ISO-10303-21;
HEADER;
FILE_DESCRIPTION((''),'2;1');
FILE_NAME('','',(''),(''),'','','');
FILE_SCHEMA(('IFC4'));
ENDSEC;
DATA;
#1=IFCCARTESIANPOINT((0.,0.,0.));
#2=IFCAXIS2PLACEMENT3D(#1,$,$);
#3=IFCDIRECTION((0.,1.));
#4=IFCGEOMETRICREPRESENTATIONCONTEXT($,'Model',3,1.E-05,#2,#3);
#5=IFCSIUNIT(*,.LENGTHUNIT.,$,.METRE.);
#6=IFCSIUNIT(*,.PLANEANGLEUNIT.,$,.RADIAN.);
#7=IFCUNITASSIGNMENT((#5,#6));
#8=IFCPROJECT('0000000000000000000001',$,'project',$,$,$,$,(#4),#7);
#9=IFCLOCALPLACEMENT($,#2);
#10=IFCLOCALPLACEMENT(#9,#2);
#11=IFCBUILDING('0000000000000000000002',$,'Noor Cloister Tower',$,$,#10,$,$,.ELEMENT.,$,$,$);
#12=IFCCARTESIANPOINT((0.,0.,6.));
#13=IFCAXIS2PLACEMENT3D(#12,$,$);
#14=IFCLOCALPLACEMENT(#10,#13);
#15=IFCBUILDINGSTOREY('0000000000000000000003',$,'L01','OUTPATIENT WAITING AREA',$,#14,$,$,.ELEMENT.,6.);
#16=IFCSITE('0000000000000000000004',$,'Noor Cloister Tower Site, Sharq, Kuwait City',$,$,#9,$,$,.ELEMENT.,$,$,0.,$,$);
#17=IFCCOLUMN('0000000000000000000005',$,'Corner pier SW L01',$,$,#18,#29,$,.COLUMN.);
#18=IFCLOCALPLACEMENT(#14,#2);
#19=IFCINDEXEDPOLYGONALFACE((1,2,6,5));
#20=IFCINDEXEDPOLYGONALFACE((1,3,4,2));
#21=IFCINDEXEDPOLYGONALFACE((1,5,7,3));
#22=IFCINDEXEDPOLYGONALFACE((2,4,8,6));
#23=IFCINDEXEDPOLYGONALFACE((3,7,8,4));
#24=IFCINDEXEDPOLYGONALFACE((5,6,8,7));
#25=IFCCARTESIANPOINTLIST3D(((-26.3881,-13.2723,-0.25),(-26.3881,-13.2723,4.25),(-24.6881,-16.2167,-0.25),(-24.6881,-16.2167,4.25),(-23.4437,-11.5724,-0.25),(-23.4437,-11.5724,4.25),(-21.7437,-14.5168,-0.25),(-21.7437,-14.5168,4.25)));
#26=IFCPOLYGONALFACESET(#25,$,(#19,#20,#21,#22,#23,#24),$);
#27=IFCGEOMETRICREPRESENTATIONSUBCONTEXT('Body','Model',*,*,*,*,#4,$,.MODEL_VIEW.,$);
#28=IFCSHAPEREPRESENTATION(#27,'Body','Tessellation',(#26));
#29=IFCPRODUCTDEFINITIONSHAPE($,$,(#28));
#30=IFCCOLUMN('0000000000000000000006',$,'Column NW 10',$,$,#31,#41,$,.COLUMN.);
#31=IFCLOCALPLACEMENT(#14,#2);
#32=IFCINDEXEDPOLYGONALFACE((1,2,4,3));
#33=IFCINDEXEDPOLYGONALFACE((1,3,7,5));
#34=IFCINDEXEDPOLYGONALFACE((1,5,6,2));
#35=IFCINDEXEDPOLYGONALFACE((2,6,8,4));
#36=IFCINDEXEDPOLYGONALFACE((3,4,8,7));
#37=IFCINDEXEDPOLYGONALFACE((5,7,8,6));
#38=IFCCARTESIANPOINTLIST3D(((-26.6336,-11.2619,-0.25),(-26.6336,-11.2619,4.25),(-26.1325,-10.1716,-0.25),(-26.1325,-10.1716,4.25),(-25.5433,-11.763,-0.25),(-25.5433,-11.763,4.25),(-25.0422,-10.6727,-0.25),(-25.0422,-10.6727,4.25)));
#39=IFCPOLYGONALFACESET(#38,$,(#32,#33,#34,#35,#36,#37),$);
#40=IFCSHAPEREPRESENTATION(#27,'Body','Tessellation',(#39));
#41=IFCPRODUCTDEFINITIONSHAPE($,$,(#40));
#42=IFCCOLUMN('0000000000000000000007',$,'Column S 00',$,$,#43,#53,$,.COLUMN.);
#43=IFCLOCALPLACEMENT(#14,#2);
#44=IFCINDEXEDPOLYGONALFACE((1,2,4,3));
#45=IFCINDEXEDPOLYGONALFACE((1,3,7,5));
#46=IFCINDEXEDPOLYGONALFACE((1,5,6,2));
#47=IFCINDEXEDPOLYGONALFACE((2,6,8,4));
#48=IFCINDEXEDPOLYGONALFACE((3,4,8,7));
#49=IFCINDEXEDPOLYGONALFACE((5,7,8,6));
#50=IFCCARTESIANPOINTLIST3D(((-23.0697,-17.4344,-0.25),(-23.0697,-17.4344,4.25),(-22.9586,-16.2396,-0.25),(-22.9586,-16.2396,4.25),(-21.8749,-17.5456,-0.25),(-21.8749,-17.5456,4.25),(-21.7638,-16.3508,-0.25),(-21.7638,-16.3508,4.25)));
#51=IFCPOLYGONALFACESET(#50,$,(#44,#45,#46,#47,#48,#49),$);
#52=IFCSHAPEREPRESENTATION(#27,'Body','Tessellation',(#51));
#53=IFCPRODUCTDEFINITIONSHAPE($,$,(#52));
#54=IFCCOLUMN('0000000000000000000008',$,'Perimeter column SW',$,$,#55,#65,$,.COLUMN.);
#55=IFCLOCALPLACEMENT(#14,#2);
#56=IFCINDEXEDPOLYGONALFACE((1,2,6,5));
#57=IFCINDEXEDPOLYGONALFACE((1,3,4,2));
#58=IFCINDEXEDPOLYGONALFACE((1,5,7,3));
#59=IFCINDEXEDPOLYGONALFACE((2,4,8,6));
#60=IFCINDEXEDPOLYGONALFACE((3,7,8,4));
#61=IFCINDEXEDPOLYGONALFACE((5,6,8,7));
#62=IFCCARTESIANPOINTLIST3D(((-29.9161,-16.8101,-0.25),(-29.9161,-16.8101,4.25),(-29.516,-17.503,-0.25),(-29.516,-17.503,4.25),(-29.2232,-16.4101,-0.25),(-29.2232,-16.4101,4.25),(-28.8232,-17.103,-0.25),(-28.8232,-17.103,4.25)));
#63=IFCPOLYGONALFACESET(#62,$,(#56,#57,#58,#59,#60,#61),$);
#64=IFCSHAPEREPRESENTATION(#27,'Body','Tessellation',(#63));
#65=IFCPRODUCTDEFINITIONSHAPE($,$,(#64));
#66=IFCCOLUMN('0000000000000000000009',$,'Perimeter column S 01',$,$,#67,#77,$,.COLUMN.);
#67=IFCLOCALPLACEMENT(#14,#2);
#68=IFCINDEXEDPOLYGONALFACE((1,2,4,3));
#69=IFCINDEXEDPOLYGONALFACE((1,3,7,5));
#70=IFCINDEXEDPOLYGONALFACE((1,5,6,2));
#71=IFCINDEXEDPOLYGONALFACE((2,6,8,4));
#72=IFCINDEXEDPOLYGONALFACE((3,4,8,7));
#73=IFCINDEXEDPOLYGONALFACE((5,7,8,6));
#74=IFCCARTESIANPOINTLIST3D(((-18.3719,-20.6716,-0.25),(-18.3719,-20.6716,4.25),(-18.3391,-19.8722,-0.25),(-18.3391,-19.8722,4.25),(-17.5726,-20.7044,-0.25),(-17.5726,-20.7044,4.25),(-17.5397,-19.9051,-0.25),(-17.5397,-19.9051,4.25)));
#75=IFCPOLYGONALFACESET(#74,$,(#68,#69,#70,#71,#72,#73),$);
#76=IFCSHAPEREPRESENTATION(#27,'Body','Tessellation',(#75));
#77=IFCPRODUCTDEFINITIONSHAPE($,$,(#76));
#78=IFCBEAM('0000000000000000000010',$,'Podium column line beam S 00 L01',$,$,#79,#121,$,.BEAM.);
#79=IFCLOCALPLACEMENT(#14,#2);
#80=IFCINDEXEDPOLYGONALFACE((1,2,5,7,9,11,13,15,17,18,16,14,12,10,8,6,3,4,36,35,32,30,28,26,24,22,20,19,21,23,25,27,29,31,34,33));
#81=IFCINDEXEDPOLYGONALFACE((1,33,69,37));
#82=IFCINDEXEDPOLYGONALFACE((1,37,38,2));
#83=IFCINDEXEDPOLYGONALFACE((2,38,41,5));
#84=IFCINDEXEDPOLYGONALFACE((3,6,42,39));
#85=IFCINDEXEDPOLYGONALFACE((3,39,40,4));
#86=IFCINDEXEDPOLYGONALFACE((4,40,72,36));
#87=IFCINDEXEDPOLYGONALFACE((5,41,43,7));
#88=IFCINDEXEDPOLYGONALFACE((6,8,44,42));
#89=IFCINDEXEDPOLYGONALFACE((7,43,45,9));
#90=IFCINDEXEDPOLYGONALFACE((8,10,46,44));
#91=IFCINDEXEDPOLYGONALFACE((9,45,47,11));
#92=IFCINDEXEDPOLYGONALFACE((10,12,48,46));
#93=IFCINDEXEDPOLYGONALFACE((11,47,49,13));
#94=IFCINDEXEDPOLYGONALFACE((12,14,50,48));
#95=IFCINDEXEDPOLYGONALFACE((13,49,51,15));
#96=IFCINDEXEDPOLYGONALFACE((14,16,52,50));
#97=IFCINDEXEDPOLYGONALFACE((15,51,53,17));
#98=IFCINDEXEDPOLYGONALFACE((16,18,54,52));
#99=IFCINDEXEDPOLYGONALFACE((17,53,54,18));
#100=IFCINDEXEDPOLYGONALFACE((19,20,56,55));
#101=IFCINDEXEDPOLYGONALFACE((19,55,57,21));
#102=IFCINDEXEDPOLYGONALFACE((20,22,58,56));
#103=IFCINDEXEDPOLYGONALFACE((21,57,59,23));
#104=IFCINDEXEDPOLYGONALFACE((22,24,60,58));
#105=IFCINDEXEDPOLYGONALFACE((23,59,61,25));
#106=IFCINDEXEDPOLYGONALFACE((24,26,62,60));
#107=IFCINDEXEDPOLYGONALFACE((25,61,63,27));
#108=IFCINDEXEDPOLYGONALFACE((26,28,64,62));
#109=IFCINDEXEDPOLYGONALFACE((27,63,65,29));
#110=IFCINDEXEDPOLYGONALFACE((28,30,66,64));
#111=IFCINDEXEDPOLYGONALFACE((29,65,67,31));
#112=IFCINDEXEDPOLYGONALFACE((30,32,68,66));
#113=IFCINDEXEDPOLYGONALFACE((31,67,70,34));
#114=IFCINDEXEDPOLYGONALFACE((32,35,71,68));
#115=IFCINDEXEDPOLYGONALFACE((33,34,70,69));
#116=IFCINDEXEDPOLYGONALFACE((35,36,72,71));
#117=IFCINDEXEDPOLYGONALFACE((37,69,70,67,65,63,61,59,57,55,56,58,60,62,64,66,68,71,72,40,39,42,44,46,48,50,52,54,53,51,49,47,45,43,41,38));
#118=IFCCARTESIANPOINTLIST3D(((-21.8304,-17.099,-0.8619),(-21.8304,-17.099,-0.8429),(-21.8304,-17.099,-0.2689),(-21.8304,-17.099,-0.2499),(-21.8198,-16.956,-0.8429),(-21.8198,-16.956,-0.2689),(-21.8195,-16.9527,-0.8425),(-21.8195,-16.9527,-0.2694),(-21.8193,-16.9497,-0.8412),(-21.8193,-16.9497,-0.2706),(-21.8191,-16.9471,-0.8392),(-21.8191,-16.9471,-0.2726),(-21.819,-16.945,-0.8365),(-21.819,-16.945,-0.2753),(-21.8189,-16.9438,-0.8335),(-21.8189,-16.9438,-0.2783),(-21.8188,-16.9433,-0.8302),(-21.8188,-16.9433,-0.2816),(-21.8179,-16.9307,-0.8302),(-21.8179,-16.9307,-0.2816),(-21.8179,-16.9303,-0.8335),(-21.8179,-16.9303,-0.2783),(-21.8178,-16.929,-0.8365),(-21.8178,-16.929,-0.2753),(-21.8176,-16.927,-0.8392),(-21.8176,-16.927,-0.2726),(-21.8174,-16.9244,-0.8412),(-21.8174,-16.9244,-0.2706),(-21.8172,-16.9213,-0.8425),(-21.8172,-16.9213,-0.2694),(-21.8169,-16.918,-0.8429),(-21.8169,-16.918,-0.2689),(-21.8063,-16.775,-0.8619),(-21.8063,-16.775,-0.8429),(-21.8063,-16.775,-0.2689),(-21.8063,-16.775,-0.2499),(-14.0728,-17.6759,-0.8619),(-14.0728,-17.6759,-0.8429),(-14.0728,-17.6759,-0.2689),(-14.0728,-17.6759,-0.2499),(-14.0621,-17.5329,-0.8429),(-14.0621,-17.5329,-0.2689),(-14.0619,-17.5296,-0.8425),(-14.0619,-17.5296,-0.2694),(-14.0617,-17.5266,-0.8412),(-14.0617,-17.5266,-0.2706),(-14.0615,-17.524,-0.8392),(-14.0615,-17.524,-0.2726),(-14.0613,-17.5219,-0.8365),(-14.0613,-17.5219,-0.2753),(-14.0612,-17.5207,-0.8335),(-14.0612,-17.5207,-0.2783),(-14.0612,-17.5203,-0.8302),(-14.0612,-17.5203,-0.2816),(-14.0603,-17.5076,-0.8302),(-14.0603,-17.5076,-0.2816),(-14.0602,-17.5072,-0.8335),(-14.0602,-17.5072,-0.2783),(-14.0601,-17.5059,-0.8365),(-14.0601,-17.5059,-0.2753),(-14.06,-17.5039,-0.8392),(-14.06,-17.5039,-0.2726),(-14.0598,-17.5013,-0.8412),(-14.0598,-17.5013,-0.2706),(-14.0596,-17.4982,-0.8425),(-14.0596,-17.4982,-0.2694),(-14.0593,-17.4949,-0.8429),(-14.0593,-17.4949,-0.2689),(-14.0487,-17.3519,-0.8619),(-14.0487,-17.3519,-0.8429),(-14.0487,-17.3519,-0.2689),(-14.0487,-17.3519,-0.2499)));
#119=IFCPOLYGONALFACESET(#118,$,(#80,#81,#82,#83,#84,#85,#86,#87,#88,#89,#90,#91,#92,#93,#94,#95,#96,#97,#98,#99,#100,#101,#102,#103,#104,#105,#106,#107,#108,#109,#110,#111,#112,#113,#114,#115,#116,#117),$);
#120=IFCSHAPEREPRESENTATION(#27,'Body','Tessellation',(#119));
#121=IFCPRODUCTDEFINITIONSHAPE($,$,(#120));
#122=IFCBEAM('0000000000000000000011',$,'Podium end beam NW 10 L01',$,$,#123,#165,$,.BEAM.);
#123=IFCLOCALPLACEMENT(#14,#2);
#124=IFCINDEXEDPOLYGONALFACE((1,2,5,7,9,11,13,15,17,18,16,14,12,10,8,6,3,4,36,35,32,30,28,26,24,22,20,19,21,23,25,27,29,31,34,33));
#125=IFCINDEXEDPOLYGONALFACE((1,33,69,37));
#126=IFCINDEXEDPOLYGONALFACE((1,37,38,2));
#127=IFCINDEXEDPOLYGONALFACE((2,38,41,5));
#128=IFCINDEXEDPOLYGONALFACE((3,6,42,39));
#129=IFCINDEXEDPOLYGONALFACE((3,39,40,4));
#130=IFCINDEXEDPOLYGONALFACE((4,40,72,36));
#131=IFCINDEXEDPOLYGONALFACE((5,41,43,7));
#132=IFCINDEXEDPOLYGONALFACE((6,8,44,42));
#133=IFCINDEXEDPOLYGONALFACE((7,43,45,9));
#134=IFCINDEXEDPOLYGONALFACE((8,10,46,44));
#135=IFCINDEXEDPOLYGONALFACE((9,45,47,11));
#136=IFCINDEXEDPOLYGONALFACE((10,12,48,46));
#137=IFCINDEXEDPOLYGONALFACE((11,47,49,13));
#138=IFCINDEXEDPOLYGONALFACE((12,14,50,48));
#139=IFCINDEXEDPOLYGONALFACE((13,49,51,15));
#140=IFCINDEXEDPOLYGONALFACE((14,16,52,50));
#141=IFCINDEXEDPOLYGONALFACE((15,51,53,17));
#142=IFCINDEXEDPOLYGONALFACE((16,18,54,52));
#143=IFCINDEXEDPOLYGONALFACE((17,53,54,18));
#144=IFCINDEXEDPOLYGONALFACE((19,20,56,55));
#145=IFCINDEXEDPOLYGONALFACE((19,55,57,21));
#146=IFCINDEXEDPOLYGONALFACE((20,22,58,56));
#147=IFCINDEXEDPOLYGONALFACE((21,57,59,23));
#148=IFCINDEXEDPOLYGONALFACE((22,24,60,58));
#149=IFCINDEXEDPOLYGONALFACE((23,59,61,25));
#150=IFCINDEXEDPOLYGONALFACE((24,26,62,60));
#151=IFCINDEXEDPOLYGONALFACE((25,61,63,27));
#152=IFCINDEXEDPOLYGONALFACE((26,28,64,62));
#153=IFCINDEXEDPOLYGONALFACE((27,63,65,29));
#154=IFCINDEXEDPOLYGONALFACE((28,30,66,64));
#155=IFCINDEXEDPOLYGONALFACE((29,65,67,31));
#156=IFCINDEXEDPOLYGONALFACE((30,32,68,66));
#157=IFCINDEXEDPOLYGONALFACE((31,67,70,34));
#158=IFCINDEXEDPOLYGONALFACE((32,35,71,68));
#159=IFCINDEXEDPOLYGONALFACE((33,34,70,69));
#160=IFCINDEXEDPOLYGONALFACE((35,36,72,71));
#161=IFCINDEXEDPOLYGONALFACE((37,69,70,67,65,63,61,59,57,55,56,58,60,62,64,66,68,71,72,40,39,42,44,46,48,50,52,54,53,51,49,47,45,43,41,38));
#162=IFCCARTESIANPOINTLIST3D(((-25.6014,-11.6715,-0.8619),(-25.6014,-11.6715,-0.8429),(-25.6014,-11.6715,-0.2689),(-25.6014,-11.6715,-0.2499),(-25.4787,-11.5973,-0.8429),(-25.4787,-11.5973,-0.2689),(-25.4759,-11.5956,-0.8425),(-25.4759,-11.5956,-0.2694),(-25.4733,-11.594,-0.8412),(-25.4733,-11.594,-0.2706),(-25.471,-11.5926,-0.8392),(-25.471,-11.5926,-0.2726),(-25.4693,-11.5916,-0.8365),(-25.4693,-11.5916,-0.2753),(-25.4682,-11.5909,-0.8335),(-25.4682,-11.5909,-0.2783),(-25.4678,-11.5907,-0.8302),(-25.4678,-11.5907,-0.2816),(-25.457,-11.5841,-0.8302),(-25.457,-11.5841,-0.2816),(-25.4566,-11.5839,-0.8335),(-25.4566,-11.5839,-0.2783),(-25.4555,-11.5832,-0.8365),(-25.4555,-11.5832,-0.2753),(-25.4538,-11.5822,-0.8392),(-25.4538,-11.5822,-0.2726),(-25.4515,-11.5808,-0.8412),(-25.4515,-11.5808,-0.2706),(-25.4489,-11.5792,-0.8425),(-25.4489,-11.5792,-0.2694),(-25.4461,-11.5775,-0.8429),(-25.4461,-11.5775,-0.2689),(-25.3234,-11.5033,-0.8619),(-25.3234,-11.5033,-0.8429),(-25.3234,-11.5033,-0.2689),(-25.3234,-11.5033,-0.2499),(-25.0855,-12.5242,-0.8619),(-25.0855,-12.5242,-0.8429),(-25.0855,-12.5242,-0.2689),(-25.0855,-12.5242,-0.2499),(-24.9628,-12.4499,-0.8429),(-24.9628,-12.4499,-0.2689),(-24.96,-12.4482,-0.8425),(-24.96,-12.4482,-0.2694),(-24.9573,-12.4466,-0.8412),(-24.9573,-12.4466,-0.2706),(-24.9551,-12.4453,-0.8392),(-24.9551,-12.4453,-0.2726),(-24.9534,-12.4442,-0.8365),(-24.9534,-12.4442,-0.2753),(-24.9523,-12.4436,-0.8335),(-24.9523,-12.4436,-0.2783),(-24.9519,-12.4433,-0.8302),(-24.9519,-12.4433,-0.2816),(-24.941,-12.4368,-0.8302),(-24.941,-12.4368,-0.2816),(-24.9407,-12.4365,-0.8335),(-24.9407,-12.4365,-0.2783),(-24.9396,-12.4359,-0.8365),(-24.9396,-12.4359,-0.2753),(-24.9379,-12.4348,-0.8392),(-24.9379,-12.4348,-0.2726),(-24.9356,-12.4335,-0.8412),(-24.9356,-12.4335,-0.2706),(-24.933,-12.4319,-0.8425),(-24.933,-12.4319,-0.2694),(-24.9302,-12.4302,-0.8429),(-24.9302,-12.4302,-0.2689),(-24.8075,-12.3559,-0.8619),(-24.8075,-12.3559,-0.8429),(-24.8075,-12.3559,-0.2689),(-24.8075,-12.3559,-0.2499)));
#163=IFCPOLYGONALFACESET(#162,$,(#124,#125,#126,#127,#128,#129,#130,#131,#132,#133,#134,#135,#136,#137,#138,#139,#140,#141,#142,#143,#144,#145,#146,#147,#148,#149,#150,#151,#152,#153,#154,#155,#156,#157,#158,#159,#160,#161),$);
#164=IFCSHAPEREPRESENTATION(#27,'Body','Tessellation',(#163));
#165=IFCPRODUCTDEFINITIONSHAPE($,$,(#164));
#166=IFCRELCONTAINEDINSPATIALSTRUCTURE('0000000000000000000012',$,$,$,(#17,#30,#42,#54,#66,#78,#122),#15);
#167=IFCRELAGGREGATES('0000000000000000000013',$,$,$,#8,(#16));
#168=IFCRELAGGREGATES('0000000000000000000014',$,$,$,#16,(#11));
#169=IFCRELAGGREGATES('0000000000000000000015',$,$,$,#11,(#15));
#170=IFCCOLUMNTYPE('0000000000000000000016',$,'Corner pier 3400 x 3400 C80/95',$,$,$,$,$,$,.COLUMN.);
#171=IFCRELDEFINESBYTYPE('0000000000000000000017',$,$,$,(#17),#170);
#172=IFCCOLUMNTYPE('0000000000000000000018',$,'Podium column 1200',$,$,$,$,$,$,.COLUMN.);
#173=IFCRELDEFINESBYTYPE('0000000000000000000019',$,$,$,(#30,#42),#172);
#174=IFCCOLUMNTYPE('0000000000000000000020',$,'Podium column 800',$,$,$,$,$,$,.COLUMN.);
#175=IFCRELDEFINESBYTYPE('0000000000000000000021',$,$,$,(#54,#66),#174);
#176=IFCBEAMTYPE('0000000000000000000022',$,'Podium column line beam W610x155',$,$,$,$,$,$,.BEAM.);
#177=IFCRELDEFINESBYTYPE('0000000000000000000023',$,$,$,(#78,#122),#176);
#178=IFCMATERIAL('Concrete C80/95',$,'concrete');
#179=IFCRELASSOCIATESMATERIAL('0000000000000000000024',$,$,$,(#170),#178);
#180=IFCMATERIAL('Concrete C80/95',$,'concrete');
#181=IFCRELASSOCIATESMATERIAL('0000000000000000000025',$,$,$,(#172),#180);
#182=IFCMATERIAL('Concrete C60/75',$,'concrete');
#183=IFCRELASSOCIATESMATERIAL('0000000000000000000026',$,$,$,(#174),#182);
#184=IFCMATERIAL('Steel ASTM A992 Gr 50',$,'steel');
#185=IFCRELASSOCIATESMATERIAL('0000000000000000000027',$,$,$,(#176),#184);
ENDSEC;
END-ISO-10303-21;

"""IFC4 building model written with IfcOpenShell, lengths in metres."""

from ifc_helpers import new_model, si_unit, direction, frame, origin, origin_2d, place, context, subcontext, project, spatial, rectangle, i_section, extrude, material, material_profile, profile_set, type_object, element, save


model = new_model("IFC4")

# Units and contexts
model_context = context("Model", 3, precision=1e-05, world=origin(), true_north=direction((0.0, 1.0)))
body_context = subcontext(model_context, "Body", "Model", "MODEL_VIEW")
ifc_project = project(units=[si_unit("LENGTHUNIT", "METRE"), si_unit("PLANEANGLEUNIT", "RADIAN")], contexts=[model_context])

# Site, building, storey
site_placement = place(None, origin())
site = spatial("IfcSite", under=ifc_project, at=site_placement, Name="Noor Cloister Tower Site, Sharq, Kuwait City", CompositionType="ELEMENT", RefElevation=0.0)
building_placement = place(site_placement, origin())
building = spatial("IfcBuilding", under=site, at=building_placement, Name="Noor Cloister Tower", CompositionType="ELEMENT")
storey_placement = place(building_placement, frame((0.0, 0.0, 6.0)))
storey = spatial("IfcBuildingStorey", under=building, at=storey_placement, Name="L01", Description="OUTPATIENT WAITING AREA", CompositionType="ELEMENT", Elevation=6.0)

# Columns
ifc_material_1 = material(Name="Concrete C80/95", Category="concrete")
ifc_material_profile_1 = material_profile(ifc_material_1, rectangle(XDim=3.3999, YDim=3.3999, at=origin_2d()), Name="RC 3400x3400")
ifc_profile_set_1 = profile_set([ifc_material_profile_1], Name="Concrete C80/95")
column_type_1 = type_object("IfcColumnType", Name="Corner pier 3400 x 3400 C80/95", PredefinedType="COLUMN", material=ifc_profile_set_1)
column_placement = place(storey_placement, frame((-24.0659, -13.8945, -0.25), z_axis=(0.0, 0.0, 1.0), x_axis=(-0.866025, -0.5, 0.0)))
element("IfcColumn", 1, at=column_placement, inside=storey, type_object=column_type_1, Name="Corner pier SW L01", PredefinedType="COLUMN", context=body_context, shape_type="SweptSolid", body=[
    extrude(rectangle(XDim=3.3999, YDim=3.3999, at=origin_2d()), origin(), (0.0, 0.0, 1.0), 4.5),
])
ifc_material_2 = material(Name="Concrete C80/95", Category="concrete")
ifc_material_profile_2 = material_profile(ifc_material_2, rectangle(XDim=1.2, YDim=1.2, at=origin_2d()), Name="Podium column 1200")
ifc_profile_set_2 = profile_set([ifc_material_profile_2], Name="Concrete C80/95")
column_type_2 = type_object("IfcColumnType", Name="Podium column 1200", PredefinedType="COLUMN", material=ifc_profile_set_2)
for number, where, z_axis, x_axis, name in (
    (2, (-25.8379, -10.9673, -0.25), (0.0, 0.0, 1.0), (-0.90862, 0.417624, 0.0), "Column NW 10"),
    (3, (-22.4167, -16.8926, -0.25), (0.0, 0.0, 1.0), (-0.092636, -0.9957, 0.0), "Column S 00"),
):
    element("IfcColumn", number, at=place(storey_placement, frame(where, z_axis=z_axis, x_axis=x_axis)), inside=storey, type_object=column_type_2, Name=name, PredefinedType="COLUMN", context=body_context, shape_type="SweptSolid", body=[
        extrude(rectangle(XDim=1.2, YDim=1.2, at=origin_2d()), origin(), (0.0, 0.0, 1.0), 4.5),
    ])
ifc_material_3 = material(Name="Concrete C60/75", Category="concrete")
ifc_material_profile_3 = material_profile(ifc_material_3, rectangle(XDim=0.8, YDim=0.8, at=origin_2d()), Name="Podium column 800")
ifc_profile_set_3 = profile_set([ifc_material_profile_3], Name="Concrete C60/75")
column_type_3 = type_object("IfcColumnType", Name="Podium column 800", PredefinedType="COLUMN", material=ifc_profile_set_3)
for number, where, z_axis, x_axis, name in (
    (4, (-29.3696, -16.9565, -0.25), (0.0, 0.0, 1.0), (-0.866025, -0.5, 0.0), "Perimeter column SW"),
    (5, (-17.9558, -20.2883, -0.25), (0.0, 0.0, 1.0), (-0.041066, -0.999156, 0.0), "Perimeter column S 01"),
):
    element("IfcColumn", number, at=place(storey_placement, frame(where, z_axis=z_axis, x_axis=x_axis)), inside=storey, type_object=column_type_3, Name=name, PredefinedType="COLUMN", context=body_context, shape_type="SweptSolid", body=[
        extrude(rectangle(XDim=0.8, YDim=0.8, at=origin_2d()), origin(), (0.0, 0.0, 1.0), 4.5),
    ])

# Beams
ifc_material_4 = material(Name="Steel ASTM A992 Gr 50", Category="steel")
ifc_material_profile_4 = material_profile(ifc_material_4, i_section(OverallWidth=0.325, OverallDepth=0.6121, WebThickness=0.0127, FlangeThickness=0.019, FilletRadius=0.0127, at=origin_2d()), Name="W610x155")
ifc_profile_set_4 = profile_set([ifc_material_profile_4], Name="Steel ASTM A992 Gr 50")
beam_type_1 = type_object("IfcBeamType", Name="Podium column line beam W610x155", PredefinedType="BEAM", material=ifc_profile_set_4)
beam_1_placement = place(storey_placement, frame((-21.8184, -16.937, -0.5559), z_axis=(0.997246, -0.074162, 0.0), x_axis=(0.074162, 0.997246, 0.0)))
element("IfcBeam", 6, at=beam_1_placement, inside=storey, type_object=beam_type_1, Name="Podium column line beam S 00 L01", PredefinedType="BEAM", context=body_context, shape_type="SweptSolid", body=[
    extrude(i_section(OverallWidth=0.325, OverallDepth=0.6121, WebThickness=0.0127, FlangeThickness=0.019, FilletRadius=0.0127, at=origin_2d()), origin(), (0.0, 0.0, 1.0), 7.7791),
])
for number, where, z_axis, x_axis, name in (
    (7, (-25.4624, -11.5874, -0.5559), (0.517699, -0.855563, 0.0), (0.855563, 0.517699, 0.0), "Podium end beam NW 10 L01"),
):
    element("IfcBeam", number, at=place(storey_placement, frame(where, z_axis=z_axis, x_axis=x_axis)), inside=storey, type_object=beam_type_1, Name=name, PredefinedType="BEAM", context=body_context, shape_type="SweptSolid", body=[
        extrude(i_section(OverallWidth=0.325, OverallDepth=0.6121, WebThickness=0.0127, FlangeThickness=0.019, FilletRadius=0.0127, at=origin_2d()), origin(), (0.0, 0.0, 1.0), 0.9966),
    ])

save(model, "model.ifc")
